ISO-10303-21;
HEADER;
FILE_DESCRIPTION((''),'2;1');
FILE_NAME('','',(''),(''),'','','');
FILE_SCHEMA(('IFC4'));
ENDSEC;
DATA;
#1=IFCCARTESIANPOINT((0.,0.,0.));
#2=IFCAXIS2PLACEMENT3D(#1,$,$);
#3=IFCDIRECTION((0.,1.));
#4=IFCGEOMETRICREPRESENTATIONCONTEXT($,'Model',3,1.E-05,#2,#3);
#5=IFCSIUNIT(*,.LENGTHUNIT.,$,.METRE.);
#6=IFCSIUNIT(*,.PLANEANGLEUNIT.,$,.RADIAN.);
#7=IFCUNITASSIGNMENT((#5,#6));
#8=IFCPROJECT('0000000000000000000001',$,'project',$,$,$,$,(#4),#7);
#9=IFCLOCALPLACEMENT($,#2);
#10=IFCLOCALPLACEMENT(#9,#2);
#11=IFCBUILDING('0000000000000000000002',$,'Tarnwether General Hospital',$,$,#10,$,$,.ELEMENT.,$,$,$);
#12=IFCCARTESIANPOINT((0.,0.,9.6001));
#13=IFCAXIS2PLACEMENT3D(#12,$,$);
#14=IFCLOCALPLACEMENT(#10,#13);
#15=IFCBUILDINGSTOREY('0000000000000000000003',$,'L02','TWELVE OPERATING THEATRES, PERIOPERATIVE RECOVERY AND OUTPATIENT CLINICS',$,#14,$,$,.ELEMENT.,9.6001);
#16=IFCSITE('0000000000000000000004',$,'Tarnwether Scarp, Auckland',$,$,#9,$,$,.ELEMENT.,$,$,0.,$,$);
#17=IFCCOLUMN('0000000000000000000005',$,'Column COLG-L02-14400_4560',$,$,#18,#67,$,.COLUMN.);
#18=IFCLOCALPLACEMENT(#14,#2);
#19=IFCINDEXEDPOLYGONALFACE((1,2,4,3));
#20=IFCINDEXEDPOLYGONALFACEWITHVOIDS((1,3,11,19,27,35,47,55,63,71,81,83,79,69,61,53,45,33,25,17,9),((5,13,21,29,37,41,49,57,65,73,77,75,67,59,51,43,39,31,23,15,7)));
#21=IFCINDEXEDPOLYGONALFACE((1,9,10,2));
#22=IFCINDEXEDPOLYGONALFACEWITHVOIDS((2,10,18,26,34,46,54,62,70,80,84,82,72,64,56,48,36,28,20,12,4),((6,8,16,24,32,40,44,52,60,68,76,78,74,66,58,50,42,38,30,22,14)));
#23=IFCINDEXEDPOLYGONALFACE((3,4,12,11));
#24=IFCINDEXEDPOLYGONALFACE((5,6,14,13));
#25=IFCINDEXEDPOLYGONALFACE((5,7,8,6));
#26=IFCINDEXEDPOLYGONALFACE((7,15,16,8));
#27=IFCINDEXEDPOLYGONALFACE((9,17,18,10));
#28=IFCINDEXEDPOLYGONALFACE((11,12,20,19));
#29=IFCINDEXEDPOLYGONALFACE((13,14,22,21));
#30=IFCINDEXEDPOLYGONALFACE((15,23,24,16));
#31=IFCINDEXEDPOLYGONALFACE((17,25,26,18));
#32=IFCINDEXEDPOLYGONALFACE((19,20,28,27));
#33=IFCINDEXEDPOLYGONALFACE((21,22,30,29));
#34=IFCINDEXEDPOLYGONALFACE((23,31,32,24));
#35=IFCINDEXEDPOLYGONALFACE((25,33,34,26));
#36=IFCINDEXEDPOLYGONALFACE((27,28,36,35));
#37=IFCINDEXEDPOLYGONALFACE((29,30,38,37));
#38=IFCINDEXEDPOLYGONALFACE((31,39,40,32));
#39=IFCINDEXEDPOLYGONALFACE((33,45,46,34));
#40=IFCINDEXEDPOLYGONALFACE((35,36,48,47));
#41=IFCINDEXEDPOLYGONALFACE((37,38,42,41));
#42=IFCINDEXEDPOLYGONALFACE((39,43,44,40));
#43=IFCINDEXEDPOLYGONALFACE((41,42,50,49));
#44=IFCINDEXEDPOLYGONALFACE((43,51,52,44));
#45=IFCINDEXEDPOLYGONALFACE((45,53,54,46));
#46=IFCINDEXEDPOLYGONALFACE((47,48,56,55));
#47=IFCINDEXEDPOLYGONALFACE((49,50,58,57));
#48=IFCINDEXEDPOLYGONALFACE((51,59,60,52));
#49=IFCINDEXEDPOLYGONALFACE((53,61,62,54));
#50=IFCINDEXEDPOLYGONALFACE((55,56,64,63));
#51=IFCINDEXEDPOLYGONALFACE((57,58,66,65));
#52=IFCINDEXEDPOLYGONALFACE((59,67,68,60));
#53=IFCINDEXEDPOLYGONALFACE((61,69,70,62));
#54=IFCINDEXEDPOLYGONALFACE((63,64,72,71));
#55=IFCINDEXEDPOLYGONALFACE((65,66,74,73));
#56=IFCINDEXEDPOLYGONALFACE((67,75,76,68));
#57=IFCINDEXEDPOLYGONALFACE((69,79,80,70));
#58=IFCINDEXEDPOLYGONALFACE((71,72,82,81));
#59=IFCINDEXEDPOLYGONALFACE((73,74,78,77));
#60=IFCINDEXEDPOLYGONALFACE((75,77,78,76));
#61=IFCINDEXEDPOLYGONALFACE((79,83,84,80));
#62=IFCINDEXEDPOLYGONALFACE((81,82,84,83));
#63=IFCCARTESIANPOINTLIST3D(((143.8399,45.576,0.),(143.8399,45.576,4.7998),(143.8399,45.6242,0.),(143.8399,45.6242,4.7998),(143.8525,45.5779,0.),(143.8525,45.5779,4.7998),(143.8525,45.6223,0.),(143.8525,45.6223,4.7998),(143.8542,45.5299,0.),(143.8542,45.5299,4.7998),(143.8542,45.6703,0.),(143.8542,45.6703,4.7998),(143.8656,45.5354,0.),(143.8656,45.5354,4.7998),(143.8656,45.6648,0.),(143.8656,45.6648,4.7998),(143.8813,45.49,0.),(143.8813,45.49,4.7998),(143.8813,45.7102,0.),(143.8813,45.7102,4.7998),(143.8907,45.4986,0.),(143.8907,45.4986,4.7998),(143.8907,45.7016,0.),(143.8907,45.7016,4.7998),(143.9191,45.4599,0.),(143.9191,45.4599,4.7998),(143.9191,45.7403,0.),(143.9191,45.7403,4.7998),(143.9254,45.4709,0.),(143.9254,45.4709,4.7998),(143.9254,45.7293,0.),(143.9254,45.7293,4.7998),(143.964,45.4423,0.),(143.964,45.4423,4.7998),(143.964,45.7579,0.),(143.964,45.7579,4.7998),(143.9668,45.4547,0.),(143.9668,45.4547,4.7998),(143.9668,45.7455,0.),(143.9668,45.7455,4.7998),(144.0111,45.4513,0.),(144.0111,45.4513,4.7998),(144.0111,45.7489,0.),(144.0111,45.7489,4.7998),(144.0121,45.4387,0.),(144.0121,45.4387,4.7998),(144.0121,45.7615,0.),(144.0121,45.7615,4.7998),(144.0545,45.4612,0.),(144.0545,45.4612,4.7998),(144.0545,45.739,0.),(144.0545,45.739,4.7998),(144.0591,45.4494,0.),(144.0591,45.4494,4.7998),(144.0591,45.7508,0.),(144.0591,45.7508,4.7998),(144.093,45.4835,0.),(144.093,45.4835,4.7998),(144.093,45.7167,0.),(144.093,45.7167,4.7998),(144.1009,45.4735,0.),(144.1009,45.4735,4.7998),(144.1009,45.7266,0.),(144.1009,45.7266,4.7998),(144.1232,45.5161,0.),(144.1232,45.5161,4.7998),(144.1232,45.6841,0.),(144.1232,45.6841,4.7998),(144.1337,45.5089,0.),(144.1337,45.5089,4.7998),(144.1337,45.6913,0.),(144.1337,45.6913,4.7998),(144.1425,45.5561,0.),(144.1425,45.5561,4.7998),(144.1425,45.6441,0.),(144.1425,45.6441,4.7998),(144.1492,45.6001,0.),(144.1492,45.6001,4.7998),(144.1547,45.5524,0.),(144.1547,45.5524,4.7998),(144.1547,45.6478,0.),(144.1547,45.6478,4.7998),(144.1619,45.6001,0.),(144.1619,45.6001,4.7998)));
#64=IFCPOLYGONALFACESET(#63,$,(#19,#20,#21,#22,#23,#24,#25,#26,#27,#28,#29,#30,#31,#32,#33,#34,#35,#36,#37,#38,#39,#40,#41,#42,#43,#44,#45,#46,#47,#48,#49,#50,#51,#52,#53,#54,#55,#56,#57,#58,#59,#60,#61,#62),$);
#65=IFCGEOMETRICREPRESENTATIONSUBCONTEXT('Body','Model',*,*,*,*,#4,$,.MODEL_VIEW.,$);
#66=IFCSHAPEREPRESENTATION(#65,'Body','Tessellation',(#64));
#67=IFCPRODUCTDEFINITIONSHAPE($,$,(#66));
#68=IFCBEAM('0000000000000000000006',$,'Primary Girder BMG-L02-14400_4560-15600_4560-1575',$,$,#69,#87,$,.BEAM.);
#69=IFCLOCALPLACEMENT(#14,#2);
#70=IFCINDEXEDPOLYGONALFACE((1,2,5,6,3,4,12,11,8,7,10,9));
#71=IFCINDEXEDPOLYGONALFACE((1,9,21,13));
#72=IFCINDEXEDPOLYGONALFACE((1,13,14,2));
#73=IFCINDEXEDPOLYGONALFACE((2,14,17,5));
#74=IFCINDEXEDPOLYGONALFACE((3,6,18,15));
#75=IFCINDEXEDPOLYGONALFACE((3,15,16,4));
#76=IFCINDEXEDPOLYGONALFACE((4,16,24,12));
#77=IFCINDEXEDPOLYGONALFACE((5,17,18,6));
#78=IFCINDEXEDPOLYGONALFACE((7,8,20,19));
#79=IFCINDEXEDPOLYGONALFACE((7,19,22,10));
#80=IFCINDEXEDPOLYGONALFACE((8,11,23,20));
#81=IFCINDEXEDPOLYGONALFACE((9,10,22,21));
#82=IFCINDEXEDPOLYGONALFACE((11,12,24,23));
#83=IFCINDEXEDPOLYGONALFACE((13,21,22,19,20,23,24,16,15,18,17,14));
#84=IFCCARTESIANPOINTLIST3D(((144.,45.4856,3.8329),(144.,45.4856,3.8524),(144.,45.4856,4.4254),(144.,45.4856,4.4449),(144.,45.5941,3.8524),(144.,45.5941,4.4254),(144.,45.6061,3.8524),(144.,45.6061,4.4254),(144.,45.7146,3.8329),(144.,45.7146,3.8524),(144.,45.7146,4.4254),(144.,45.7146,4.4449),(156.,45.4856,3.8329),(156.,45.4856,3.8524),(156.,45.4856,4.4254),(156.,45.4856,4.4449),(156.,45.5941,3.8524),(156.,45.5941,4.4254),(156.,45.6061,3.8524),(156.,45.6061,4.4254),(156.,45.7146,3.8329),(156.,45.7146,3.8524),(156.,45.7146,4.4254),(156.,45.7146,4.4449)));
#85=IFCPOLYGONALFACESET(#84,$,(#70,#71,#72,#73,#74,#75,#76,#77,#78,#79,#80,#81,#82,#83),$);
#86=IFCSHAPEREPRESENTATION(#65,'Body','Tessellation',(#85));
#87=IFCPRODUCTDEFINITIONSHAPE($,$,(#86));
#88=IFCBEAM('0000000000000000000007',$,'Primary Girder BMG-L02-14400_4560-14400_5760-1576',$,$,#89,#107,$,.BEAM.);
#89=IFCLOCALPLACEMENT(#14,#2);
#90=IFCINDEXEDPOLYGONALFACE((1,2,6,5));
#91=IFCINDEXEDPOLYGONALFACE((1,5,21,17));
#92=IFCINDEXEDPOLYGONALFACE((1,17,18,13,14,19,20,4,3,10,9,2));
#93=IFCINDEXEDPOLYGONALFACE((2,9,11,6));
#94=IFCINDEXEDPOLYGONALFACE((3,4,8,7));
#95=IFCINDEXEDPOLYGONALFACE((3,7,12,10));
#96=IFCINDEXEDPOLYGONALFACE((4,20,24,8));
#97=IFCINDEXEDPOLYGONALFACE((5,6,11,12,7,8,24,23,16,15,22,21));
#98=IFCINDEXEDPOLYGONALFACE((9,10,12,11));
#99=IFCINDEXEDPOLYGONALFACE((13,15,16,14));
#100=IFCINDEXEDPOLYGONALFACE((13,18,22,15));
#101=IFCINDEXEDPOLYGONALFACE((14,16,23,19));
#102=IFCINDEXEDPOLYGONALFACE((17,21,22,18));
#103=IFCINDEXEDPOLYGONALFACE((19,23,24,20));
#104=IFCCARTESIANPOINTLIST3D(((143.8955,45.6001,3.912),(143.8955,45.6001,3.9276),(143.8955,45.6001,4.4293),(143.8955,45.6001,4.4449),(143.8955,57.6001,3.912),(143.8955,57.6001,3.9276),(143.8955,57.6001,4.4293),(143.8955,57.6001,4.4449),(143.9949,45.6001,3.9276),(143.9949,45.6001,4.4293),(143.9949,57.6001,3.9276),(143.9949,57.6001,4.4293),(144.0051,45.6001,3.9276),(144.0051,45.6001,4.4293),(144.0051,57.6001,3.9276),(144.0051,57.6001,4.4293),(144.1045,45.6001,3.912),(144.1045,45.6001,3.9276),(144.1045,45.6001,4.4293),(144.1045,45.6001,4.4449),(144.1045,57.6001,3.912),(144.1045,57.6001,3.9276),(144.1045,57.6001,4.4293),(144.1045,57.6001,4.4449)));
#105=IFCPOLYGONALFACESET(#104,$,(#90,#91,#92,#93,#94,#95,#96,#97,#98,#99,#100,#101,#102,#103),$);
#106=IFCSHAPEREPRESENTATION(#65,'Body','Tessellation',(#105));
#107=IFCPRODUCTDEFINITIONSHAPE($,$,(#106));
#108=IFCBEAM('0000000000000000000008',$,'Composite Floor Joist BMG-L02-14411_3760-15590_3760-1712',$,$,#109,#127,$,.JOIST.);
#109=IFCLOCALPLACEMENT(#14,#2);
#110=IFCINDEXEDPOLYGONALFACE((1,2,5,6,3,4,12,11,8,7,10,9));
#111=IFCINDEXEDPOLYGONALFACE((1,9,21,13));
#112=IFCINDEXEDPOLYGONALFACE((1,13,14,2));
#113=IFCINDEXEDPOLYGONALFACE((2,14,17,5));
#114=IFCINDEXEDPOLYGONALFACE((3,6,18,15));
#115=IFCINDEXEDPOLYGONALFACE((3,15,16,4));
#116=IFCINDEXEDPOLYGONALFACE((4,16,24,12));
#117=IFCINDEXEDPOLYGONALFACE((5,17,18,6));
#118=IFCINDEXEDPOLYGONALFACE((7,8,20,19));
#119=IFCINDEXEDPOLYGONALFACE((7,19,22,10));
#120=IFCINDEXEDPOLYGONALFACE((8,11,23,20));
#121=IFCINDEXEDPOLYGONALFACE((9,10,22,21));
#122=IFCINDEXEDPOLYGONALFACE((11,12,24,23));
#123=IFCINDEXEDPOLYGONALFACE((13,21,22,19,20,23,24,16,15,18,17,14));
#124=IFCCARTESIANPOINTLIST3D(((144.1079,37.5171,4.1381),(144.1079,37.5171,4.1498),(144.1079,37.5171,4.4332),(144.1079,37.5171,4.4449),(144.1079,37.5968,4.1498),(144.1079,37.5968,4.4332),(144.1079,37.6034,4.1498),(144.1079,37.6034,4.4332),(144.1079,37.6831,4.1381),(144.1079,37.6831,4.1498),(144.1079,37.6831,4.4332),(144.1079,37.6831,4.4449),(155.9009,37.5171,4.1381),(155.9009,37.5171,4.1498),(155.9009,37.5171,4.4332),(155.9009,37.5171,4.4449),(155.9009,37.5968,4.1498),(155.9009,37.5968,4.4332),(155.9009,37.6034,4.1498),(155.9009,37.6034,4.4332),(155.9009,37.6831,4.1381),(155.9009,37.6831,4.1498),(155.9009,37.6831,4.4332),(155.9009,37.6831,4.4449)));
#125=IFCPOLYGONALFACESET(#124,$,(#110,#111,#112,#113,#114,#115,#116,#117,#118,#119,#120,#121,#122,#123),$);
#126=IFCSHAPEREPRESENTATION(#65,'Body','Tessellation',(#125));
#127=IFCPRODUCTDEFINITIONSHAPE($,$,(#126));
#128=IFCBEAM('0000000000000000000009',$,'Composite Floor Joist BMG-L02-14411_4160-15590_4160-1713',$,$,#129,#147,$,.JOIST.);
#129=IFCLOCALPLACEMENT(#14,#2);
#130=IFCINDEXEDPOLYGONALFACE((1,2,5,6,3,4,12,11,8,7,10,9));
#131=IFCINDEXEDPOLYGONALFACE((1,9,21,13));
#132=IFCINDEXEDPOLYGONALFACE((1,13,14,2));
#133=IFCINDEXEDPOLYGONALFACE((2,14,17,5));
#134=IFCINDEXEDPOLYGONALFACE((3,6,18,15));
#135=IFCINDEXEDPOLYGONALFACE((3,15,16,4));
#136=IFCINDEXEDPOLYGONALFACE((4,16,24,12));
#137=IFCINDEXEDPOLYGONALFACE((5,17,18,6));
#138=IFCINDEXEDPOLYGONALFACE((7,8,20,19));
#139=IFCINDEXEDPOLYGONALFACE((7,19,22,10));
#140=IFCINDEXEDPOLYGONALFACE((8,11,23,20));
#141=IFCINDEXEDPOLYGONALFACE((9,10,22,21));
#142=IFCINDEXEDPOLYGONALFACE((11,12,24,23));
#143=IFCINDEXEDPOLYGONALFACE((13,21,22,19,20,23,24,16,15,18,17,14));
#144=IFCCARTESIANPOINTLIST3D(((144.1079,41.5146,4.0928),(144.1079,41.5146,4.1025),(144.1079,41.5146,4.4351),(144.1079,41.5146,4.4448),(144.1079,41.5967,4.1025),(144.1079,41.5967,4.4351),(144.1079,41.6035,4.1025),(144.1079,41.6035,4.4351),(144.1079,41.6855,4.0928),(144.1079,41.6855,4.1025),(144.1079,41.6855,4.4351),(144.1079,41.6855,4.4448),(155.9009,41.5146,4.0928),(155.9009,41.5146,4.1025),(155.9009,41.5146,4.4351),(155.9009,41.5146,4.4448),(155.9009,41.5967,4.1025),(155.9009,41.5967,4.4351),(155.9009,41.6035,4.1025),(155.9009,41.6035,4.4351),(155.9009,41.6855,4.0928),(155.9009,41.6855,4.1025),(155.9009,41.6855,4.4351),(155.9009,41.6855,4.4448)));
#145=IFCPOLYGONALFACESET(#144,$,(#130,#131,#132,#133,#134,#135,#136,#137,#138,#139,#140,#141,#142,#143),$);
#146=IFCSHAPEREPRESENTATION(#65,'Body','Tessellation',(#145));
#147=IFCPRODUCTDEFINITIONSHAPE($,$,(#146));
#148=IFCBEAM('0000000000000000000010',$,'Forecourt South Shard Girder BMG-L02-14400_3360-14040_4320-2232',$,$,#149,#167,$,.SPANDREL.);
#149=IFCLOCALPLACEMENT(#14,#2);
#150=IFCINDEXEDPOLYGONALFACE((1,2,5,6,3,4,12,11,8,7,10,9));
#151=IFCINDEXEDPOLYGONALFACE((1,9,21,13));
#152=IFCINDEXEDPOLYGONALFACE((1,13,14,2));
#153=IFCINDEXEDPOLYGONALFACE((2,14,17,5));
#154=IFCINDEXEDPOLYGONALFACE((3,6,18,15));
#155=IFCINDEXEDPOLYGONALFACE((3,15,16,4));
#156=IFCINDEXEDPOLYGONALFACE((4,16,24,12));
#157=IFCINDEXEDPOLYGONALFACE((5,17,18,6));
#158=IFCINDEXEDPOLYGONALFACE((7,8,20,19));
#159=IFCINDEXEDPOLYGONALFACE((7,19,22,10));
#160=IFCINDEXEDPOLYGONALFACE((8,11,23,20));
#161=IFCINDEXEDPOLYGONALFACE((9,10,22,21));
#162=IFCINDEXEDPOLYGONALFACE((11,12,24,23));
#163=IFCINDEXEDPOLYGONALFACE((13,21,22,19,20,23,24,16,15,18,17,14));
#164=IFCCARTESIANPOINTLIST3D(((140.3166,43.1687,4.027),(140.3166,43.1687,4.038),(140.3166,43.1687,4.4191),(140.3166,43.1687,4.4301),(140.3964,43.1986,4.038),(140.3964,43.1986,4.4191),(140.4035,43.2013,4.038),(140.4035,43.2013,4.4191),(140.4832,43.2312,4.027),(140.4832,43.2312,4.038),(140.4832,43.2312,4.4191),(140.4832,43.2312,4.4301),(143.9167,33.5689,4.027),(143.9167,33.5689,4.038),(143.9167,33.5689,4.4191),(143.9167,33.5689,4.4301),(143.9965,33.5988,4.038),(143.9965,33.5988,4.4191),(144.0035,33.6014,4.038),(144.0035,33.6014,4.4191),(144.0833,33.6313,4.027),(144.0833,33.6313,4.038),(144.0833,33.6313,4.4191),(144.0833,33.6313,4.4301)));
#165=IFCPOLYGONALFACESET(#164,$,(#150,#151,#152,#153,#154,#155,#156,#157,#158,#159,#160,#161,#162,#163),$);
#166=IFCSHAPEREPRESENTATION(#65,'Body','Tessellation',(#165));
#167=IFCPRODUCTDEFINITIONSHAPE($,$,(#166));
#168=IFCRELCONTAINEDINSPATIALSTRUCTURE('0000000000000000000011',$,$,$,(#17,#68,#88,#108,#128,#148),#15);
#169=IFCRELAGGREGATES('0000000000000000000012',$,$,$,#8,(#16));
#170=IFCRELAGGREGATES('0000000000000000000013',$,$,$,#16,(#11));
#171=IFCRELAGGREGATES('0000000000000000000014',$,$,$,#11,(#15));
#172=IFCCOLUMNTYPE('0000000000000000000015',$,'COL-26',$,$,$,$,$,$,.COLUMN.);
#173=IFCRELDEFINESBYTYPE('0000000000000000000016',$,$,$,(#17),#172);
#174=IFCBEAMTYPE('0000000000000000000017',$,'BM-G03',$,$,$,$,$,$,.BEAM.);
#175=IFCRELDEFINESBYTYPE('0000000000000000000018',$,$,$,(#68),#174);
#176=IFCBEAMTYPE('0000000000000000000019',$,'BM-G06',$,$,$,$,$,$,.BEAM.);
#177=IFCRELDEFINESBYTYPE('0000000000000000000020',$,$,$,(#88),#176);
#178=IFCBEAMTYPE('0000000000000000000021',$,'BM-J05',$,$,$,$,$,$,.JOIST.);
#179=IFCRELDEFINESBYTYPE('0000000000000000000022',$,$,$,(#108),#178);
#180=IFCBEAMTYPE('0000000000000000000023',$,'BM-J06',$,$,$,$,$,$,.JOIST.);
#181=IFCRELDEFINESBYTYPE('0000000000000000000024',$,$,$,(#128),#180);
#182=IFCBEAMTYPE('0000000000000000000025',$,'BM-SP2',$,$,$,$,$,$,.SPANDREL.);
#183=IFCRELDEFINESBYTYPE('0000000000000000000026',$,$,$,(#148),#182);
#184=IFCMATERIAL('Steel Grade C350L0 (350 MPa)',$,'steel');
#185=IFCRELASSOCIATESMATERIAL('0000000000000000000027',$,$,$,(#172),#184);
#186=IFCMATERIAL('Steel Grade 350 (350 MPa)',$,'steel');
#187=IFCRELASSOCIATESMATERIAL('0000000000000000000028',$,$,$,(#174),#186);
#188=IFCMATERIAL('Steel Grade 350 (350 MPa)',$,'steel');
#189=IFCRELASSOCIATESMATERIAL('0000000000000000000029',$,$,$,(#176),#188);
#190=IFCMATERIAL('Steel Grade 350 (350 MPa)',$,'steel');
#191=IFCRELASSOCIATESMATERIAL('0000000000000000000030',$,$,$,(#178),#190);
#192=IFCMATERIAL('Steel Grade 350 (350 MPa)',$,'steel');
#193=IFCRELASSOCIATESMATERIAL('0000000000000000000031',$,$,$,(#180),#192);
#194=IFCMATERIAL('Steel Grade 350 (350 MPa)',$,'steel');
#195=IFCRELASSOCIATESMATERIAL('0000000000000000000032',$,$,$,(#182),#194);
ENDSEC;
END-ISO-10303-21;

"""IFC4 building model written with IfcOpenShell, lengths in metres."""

from ifc_helpers import new_model, si_unit, direction, frame, origin, origin_2d, place, context, subcontext, project, spatial, hollow_circle, i_section, extrude, material, material_profile, profile_set, type_object, element, save


model = new_model("IFC4")

# Units and contexts
model_context = context("Model", 3, precision=1e-05, world=origin(), true_north=direction((0.0, 1.0)))
body_context = subcontext(model_context, "Body", "Model", "MODEL_VIEW")
ifc_project = project(units=[si_unit("LENGTHUNIT", "METRE"), si_unit("PLANEANGLEUNIT", "RADIAN")], contexts=[model_context])

# Site, building, storey
site_placement = place(None, origin())
site = spatial("IfcSite", under=ifc_project, at=site_placement, Name="Tarnwether Scarp, Auckland", CompositionType="ELEMENT", RefElevation=0.0)
building_placement = place(site_placement, origin())
building = spatial("IfcBuilding", under=site, at=building_placement, Name="Tarnwether General Hospital", CompositionType="ELEMENT")
storey_placement = place(building_placement, frame((0.0, 0.0, 9.6001)))
storey = spatial("IfcBuildingStorey", under=building, at=storey_placement, Name="L02", Description="TWELVE OPERATING THEATRES, PERIOPERATIVE RECOVERY AND OUTPATIENT CLINICS", CompositionType="ELEMENT", Elevation=9.6001)

# Column
ifc_material_1 = material(Name="Steel Grade C350L0 (350 MPa)", Category="steel")
ifc_material_profile_1 = material_profile(ifc_material_1, hollow_circle(Radius=0.1619, WallThickness=0.0127, at=origin_2d()), Name="CHS323.9x12.7")
ifc_profile_set_1 = profile_set([ifc_material_profile_1], Name="Steel Grade C350L0 (350 MPa)")
column_type = type_object("IfcColumnType", Name="COL-26", PredefinedType="COLUMN", material=ifc_profile_set_1)
column_placement = place(storey_placement, frame((144.0, 45.6001, 0.0), z_axis=(0.0, 0.0, 1.0), x_axis=(1.0, 0.0, 0.0)))
element("IfcColumn", 1, at=column_placement, inside=storey, type_object=column_type, Name="Column COLG-L02-14400_4560", PredefinedType="COLUMN", context=body_context, shape_type="SweptSolid", body=[
    extrude(hollow_circle(Radius=0.1619, WallThickness=0.0127, at=origin_2d()), origin(), (0.0, 0.0, 1.0), 4.7998),
])

# Beams
ifc_material_2 = material(Name="Steel Grade 350 (350 MPa)", Category="steel")
ifc_material_profile_2 = material_profile(ifc_material_2, i_section(OverallWidth=0.229, OverallDepth=0.6121, WebThickness=0.012, FlangeThickness=0.0195, at=origin_2d()), Name="610UB125")
ifc_profile_set_2 = profile_set([ifc_material_profile_2], Name="Steel Grade 350 (350 MPa)")
beam_type_1 = type_object("IfcBeamType", Name="BM-G03", PredefinedType="BEAM", material=ifc_profile_set_2)
beam_1_placement = place(storey_placement, frame((144.0, 45.6001, 4.1389), z_axis=(1.0, 0.0, 0.0), x_axis=(0.0, 1.0, 0.0)))
element("IfcBeam", 2, at=beam_1_placement, inside=storey, type_object=beam_type_1, Name="Primary Girder BMG-L02-14400_4560-15600_4560-1575", PredefinedType="BEAM", context=body_context, shape_type="SweptSolid", body=[
    extrude(i_section(OverallWidth=0.229, OverallDepth=0.6121, WebThickness=0.012, FlangeThickness=0.0195, at=origin_2d()), origin(), (0.0, 0.0, 1.0), 12.0),
])
ifc_material_3 = material(Name="Steel Grade 350 (350 MPa)", Category="steel")
ifc_material_profile_3 = material_profile(ifc_material_3, i_section(OverallWidth=0.209, OverallDepth=0.533, WebThickness=0.0103, FlangeThickness=0.0156, at=origin_2d()), Name="530UB92.4")
ifc_profile_set_3 = profile_set([ifc_material_profile_3], Name="Steel Grade 350 (350 MPa)")
beam_type_2 = type_object("IfcBeamType", Name="BM-G06", PredefinedType="BEAM", material=ifc_profile_set_3)
beam_2_placement = place(storey_placement, frame((144.0, 45.6001, 4.1785), z_axis=(0.0, 1.0, 0.0), x_axis=(-1.0, 0.0, 0.0)))
element("IfcBeam", 3, at=beam_2_placement, inside=storey, type_object=beam_type_2, Name="Primary Girder BMG-L02-14400_4560-14400_5760-1576", PredefinedType="BEAM", context=body_context, shape_type="SweptSolid", body=[
    extrude(i_section(OverallWidth=0.209, OverallDepth=0.533, WebThickness=0.0103, FlangeThickness=0.0156, at=origin_2d()), origin(), (0.0, 0.0, 1.0), 12.0),
])
ifc_material_4 = material(Name="Steel Grade 350 (350 MPa)", Category="steel")
ifc_material_profile_4 = material_profile(ifc_material_4, i_section(OverallWidth=0.166, OverallDepth=0.3069, WebThickness=0.0066, FlangeThickness=0.0117, at=origin_2d()), Name="310UB46.2")
ifc_profile_set_4 = profile_set([ifc_material_profile_4], Name="Steel Grade 350 (350 MPa)")
beam_type_3 = type_object("IfcBeamType", Name="BM-J05", PredefinedType="JOIST", material=ifc_profile_set_4)
beam_3_placement = place(storey_placement, frame((144.1079, 37.6001, 4.2915), z_axis=(1.0, 0.0, 0.0), x_axis=(0.0, 1.0, 0.0)))
element("IfcBeam", 4, at=beam_3_placement, inside=storey, type_object=beam_type_3, Name="Composite Floor Joist BMG-L02-14411_3760-15590_3760-1712", PredefinedType="JOIST", context=body_context, shape_type="SweptSolid", body=[
    extrude(i_section(OverallWidth=0.166, OverallDepth=0.3069, WebThickness=0.0066, FlangeThickness=0.0117, at=origin_2d()), origin(), (0.0, 0.0, 1.0), 11.793),
])
ifc_material_5 = material(Name="Steel Grade 350 (350 MPa)", Category="steel")
ifc_material_profile_5 = material_profile(ifc_material_5, i_section(OverallWidth=0.1709, OverallDepth=0.3521, WebThickness=0.0068, FlangeThickness=0.0098, at=origin_2d()), Name="360UB44.7")
ifc_profile_set_5 = profile_set([ifc_material_profile_5], Name="Steel Grade 350 (350 MPa)")
beam_type_4 = type_object("IfcBeamType", Name="BM-J06", PredefinedType="JOIST", material=ifc_profile_set_5)
beam_4_placement = place(storey_placement, frame((144.1079, 41.6001, 4.2688), z_axis=(1.0, 0.0, 0.0), x_axis=(0.0, 1.0, 0.0)))
element("IfcBeam", 5, at=beam_4_placement, inside=storey, type_object=beam_type_4, Name="Composite Floor Joist BMG-L02-14411_4160-15590_4160-1713", PredefinedType="JOIST", context=body_context, shape_type="SweptSolid", body=[
    extrude(i_section(OverallWidth=0.1709, OverallDepth=0.3521, WebThickness=0.0068, FlangeThickness=0.0098, at=origin_2d()), origin(), (0.0, 0.0, 1.0), 11.793),
])
ifc_material_6 = material(Name="Steel Grade 350 (350 MPa)", Category="steel")
ifc_material_profile_6 = material_profile(ifc_material_6, i_section(OverallWidth=0.178, OverallDepth=0.4031, WebThickness=0.0076, FlangeThickness=0.011, at=origin_2d()), Name="410UB53.7")
ifc_profile_set_6 = profile_set([ifc_material_profile_6], Name="Steel Grade 350 (350 MPa)")
beam_type_5 = type_object("IfcBeamType", Name="BM-SP2", PredefinedType="SPANDREL", material=ifc_profile_set_6)
beam_5_placement = place(storey_placement, frame((144.0, 33.6001, 4.2285), z_axis=(-0.351136, 0.936324, 0.0), x_axis=(-0.936324, -0.351136, 0.0)))
element("IfcBeam", 6, at=beam_5_placement, inside=storey, type_object=beam_type_5, Name="Forecourt South Shard Girder BMG-L02-14400_3360-14040_4320-2232", PredefinedType="SPANDREL", context=body_context, shape_type="SweptSolid", body=[
    extrude(i_section(OverallWidth=0.178, OverallDepth=0.4031, WebThickness=0.0076, FlangeThickness=0.011, at=origin_2d()), origin(), (0.0, 0.0, 1.0), 10.2527),
])

save(model, "model.ifc")
